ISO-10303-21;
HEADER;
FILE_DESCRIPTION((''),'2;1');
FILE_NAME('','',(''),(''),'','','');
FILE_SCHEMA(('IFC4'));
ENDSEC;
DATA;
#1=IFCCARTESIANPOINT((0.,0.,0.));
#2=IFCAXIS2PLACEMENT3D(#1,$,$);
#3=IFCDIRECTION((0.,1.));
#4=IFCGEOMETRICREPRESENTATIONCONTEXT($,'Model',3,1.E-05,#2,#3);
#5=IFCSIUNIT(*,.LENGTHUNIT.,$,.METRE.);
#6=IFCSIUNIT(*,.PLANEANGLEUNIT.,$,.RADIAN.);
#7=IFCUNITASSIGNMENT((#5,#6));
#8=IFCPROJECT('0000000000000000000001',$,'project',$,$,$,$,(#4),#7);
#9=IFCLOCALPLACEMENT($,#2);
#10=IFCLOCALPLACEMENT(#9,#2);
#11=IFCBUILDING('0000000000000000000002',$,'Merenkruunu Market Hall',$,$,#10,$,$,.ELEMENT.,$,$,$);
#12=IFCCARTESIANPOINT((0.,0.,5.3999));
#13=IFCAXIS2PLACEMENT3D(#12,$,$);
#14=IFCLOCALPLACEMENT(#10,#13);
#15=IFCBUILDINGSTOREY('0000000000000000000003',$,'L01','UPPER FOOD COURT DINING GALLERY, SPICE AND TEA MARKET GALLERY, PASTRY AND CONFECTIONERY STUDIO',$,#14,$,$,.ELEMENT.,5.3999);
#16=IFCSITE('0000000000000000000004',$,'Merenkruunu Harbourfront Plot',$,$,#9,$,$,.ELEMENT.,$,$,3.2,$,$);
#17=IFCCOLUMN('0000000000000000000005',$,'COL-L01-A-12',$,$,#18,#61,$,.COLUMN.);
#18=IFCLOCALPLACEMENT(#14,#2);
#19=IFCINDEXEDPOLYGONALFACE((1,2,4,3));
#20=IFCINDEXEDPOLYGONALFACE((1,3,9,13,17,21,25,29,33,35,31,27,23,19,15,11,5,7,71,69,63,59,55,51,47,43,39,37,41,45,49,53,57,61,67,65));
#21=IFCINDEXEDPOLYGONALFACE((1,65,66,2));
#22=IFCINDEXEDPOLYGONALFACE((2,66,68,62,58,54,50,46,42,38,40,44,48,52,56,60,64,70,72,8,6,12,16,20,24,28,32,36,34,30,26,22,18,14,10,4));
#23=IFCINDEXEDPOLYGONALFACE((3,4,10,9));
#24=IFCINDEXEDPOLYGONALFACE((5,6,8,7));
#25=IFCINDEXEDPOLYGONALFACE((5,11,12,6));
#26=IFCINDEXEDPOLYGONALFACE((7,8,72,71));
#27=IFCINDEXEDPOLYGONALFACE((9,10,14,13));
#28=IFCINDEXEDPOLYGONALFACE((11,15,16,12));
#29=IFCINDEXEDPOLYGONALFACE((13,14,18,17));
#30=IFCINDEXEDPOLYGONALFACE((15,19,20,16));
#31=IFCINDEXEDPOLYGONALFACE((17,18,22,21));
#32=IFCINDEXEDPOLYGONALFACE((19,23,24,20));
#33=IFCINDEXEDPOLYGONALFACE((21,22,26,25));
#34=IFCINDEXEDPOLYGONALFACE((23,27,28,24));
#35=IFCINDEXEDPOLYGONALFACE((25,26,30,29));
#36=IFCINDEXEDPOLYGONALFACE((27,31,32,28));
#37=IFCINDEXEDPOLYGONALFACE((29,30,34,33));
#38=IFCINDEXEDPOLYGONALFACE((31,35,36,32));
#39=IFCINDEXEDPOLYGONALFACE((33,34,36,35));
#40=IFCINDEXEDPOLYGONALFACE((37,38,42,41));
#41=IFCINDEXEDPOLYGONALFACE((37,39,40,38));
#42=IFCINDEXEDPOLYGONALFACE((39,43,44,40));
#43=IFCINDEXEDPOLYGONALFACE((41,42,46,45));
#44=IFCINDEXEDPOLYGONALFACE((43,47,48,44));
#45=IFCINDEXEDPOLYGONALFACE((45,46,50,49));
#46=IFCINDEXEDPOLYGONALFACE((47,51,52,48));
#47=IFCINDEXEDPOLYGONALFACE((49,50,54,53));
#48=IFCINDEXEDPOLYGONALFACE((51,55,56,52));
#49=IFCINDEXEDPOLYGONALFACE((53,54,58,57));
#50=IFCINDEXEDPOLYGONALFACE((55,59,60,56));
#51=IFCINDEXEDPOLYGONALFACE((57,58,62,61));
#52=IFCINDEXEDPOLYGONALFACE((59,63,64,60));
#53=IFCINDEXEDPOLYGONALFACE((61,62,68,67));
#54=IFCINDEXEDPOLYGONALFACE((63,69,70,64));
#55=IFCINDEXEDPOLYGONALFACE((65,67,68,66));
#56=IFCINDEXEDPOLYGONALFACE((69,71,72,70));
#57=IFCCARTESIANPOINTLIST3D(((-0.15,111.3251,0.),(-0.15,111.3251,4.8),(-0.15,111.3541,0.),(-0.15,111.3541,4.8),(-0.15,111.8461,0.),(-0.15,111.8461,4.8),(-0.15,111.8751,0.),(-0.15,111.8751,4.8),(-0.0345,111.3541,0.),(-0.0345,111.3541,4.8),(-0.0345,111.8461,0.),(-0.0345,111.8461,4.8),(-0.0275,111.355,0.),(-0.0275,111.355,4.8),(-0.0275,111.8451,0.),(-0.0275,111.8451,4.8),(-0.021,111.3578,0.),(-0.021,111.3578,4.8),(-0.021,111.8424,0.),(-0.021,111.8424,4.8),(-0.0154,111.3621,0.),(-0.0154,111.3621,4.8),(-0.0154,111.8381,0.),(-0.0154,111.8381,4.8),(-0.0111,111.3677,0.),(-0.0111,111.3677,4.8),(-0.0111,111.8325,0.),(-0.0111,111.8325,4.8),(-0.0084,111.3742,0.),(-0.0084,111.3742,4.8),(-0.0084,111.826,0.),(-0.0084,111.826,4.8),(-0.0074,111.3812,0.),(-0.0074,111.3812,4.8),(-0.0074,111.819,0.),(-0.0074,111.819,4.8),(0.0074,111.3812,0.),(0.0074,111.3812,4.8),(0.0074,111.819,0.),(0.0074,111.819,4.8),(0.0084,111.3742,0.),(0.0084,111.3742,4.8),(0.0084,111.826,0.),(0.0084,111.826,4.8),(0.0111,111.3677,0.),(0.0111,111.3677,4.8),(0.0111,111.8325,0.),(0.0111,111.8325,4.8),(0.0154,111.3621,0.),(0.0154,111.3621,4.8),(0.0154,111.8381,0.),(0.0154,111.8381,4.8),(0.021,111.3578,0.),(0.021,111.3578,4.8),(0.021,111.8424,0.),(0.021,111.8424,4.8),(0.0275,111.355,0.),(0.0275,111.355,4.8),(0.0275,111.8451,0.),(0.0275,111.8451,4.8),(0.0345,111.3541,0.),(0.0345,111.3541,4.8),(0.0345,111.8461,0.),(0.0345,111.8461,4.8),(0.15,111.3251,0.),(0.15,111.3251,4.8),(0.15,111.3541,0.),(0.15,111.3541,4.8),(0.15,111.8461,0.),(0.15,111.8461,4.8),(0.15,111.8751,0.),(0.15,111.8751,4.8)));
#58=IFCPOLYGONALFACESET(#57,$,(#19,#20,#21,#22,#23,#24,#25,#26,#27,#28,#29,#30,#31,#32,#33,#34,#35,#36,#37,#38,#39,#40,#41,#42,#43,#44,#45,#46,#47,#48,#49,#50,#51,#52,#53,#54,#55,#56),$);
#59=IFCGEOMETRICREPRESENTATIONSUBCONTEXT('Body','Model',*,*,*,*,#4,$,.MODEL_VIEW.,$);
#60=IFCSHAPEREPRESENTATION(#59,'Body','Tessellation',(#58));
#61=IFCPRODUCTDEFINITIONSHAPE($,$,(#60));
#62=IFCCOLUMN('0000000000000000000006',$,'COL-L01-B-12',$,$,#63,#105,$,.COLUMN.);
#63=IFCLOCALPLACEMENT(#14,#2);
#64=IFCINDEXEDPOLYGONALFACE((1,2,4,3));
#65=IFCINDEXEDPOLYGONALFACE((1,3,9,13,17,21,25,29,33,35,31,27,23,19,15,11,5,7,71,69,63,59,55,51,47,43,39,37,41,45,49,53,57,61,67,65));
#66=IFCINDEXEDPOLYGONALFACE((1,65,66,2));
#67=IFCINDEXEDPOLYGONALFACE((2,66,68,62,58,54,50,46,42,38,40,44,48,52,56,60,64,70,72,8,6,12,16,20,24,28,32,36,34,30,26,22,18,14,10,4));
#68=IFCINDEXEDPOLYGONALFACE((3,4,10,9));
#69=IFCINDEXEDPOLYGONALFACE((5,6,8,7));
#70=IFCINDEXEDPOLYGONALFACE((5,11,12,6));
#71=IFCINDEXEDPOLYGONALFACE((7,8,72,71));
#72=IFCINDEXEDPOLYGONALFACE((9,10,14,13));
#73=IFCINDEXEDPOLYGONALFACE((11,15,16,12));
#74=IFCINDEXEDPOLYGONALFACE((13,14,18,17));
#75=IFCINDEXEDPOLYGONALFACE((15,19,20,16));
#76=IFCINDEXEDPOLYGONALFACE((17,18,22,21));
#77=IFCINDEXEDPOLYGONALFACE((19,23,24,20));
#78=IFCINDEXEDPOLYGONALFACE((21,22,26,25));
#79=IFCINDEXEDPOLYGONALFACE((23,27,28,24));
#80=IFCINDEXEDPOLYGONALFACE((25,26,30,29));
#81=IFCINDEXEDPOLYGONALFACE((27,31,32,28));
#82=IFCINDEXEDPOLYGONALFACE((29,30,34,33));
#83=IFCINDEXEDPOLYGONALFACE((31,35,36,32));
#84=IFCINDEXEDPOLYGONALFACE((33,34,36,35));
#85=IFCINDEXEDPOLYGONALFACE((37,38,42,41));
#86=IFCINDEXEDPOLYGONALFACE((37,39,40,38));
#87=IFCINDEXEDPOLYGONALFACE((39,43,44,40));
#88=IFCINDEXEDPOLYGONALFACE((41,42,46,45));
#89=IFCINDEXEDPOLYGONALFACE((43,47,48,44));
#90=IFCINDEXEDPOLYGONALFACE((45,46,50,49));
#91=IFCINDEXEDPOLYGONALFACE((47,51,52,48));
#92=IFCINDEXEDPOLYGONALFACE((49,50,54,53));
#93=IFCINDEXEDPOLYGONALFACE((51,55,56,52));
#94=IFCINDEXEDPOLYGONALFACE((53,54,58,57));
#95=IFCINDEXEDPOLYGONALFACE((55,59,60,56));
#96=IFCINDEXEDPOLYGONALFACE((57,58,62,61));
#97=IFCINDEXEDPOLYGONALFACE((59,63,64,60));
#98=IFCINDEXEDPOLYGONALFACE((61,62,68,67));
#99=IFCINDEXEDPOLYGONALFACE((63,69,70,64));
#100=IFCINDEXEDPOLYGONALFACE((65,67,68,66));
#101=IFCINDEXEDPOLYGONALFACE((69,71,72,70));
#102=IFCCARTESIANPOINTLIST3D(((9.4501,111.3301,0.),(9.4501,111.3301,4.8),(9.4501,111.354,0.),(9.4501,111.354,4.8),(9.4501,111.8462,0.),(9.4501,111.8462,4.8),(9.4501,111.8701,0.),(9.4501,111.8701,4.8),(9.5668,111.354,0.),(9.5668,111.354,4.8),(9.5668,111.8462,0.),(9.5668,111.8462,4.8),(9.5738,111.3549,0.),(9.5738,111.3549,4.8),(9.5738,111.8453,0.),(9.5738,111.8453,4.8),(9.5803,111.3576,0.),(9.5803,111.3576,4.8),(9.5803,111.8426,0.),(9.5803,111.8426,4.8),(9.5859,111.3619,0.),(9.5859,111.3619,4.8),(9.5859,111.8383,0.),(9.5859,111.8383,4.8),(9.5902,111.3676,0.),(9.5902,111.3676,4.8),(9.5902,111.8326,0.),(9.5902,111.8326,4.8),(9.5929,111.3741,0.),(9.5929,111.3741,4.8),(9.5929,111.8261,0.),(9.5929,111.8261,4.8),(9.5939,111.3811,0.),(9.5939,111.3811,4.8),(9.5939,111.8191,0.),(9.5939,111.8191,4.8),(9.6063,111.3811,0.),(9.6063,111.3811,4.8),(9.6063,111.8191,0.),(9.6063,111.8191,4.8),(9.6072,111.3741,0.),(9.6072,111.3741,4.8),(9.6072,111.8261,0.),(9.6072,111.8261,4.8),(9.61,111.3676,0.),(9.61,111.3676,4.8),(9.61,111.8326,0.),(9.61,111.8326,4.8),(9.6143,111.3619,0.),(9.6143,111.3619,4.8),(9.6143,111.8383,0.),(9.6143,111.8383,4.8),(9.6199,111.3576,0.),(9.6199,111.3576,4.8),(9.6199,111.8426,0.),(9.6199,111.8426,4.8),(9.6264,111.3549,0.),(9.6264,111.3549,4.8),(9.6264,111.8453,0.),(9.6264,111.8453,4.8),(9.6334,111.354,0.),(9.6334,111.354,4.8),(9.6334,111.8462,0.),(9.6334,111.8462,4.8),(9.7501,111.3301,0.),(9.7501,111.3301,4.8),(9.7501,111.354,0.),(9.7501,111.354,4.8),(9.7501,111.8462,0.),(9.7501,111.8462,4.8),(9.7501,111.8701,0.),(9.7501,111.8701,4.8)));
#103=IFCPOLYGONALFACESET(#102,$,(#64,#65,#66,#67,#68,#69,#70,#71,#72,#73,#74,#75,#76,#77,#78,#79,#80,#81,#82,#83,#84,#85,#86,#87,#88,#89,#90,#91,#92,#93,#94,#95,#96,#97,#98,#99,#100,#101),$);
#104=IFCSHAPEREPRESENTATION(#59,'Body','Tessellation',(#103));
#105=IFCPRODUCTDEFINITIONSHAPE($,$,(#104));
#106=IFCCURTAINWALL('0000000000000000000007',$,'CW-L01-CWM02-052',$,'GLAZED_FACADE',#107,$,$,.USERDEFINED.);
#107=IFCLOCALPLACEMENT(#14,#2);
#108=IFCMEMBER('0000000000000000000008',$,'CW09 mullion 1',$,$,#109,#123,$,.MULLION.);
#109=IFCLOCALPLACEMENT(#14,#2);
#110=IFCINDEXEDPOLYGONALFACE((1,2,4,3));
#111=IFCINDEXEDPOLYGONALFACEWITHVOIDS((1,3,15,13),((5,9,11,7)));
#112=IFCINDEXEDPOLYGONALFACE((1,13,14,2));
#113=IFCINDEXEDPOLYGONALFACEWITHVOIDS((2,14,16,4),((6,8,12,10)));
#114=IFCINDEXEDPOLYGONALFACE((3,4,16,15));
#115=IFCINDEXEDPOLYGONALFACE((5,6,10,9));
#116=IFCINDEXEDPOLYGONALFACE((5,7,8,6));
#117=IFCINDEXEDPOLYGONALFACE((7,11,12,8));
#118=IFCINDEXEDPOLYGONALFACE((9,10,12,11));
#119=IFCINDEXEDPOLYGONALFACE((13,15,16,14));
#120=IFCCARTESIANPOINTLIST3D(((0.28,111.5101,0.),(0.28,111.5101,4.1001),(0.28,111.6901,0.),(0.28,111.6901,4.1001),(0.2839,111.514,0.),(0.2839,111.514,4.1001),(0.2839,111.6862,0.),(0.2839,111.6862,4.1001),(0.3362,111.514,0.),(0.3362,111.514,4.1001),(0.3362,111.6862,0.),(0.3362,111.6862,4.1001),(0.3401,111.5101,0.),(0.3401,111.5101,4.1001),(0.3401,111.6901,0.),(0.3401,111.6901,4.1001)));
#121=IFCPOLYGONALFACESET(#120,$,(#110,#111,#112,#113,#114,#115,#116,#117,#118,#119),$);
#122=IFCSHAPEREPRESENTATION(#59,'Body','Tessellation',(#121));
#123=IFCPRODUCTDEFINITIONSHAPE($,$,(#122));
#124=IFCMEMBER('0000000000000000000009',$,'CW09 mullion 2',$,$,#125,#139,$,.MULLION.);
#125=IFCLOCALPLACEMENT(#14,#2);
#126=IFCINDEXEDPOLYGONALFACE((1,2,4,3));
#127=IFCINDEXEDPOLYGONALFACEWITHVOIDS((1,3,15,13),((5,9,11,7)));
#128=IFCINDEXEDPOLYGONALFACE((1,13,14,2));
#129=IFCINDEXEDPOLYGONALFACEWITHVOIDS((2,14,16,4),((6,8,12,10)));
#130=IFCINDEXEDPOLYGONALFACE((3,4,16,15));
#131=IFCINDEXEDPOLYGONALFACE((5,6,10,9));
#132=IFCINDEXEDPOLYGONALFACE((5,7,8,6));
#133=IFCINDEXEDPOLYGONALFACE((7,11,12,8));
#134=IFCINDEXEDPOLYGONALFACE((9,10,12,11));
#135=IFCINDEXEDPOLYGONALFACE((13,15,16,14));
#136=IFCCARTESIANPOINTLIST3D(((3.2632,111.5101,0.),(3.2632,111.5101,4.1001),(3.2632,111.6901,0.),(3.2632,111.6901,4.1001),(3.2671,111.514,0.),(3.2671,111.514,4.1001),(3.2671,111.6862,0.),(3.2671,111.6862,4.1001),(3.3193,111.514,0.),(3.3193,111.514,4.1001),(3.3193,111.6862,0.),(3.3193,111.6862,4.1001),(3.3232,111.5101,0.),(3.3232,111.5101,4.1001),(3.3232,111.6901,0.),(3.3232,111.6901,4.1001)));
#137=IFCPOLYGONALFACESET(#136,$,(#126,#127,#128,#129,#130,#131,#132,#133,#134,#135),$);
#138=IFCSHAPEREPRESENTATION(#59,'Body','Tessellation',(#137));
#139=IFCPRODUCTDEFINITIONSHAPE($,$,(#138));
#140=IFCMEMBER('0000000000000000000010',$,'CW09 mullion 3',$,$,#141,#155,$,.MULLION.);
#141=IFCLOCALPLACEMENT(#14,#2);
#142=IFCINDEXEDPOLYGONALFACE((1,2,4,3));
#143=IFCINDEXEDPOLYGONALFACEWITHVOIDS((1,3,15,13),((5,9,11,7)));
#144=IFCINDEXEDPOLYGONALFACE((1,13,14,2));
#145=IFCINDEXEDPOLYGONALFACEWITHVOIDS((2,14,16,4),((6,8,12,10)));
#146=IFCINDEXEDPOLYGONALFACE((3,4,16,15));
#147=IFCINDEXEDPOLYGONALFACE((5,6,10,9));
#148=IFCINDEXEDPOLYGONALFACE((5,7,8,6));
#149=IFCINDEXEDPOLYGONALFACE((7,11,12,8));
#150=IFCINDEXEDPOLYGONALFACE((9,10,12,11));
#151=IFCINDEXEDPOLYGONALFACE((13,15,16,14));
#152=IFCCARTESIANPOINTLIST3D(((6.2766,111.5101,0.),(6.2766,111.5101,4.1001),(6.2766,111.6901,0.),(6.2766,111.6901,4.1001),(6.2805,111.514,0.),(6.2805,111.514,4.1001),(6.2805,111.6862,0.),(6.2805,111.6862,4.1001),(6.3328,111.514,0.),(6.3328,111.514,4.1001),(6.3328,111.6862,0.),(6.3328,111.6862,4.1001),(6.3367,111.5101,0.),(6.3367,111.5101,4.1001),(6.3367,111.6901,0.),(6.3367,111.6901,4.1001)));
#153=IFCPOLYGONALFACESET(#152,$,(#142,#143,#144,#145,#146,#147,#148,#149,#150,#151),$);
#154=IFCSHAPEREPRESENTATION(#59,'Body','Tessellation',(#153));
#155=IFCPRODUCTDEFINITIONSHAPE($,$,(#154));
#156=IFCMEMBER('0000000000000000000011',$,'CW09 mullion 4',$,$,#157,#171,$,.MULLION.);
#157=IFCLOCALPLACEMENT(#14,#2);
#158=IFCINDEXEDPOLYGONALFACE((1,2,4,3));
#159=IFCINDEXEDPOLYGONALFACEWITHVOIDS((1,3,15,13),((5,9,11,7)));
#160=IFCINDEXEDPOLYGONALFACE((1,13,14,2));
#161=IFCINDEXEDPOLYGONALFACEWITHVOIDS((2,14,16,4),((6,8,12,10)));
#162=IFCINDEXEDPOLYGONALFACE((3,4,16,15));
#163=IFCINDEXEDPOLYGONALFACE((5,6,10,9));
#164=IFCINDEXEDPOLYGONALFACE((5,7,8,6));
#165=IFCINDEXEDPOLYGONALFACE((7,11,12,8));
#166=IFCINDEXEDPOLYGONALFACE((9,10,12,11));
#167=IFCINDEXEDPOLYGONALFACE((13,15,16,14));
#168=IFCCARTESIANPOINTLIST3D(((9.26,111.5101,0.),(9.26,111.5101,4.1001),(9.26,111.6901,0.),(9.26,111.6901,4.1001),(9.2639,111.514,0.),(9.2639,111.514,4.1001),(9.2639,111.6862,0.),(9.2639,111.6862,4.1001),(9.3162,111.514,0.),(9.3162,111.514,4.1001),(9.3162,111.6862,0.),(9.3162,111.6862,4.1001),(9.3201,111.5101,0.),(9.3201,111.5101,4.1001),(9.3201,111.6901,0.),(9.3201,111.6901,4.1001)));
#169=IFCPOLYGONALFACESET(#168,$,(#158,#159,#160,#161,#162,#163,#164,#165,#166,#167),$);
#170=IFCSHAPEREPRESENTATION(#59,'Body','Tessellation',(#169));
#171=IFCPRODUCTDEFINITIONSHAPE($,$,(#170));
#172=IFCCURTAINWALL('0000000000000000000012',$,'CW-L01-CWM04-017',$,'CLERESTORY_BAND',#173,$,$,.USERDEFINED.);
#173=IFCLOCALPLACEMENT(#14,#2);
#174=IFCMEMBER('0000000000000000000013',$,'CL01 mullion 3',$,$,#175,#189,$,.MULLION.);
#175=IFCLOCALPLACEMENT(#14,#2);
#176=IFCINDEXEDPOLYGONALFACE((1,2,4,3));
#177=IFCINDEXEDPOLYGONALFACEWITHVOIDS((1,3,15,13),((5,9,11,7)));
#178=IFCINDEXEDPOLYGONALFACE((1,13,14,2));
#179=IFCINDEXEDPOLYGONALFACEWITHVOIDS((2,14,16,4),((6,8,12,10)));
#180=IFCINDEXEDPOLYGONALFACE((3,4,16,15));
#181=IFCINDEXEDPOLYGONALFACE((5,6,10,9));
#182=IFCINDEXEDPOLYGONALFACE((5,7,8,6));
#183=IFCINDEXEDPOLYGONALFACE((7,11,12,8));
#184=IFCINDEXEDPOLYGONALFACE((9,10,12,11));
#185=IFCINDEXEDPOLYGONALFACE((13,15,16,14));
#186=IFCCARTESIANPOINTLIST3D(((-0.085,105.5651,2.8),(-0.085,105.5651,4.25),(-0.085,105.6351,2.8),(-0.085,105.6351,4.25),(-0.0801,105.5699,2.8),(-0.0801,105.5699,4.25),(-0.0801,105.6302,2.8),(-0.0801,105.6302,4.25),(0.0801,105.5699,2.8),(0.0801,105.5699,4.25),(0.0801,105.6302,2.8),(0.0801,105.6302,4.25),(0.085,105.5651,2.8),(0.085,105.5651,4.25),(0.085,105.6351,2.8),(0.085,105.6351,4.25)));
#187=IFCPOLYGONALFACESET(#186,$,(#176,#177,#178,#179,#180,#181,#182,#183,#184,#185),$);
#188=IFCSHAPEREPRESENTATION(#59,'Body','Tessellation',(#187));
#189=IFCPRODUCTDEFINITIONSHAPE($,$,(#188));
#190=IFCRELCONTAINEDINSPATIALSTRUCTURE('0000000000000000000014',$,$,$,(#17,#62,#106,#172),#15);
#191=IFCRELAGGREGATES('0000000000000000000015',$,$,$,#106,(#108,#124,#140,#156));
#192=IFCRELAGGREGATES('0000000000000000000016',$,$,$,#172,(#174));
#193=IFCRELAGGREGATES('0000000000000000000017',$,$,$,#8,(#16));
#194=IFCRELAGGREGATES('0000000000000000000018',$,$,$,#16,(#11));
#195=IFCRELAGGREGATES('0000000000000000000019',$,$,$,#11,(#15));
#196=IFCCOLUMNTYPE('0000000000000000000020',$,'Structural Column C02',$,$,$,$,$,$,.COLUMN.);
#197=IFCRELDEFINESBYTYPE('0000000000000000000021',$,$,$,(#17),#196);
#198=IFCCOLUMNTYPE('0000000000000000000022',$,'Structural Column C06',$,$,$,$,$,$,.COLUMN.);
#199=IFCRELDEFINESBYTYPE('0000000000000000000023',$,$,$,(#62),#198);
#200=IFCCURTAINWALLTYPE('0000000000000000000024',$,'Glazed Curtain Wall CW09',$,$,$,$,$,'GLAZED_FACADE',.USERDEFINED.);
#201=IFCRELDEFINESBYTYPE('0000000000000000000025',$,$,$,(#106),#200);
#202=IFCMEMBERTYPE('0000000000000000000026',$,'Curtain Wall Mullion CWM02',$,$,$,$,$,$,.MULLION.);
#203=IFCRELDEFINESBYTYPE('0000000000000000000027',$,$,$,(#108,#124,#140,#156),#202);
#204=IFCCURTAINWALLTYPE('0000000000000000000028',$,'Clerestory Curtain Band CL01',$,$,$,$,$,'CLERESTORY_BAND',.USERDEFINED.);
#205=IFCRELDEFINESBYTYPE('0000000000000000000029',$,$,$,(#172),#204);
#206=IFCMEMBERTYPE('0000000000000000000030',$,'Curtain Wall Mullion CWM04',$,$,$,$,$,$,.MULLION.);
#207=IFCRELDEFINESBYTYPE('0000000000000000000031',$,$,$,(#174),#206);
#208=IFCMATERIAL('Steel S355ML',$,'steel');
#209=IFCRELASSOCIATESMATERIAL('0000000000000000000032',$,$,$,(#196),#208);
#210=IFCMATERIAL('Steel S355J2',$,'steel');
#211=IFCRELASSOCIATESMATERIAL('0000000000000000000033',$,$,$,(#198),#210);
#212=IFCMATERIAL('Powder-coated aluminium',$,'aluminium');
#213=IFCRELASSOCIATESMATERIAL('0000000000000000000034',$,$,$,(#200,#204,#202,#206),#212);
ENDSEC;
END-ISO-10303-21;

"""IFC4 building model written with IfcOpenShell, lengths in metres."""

from ifc_helpers import new_model, si_unit, direction, frame, origin, origin_2d, place, context, subcontext, project, spatial, hollow_rectangle, i_section, extrude, material, material_profile, profile_set, type_object, element, aggregate, save


model = new_model("IFC4")

# Units and contexts
model_context = context("Model", 3, precision=1e-05, world=origin(), true_north=direction((0.0, 1.0)))
body_context = subcontext(model_context, "Body", "Model", "MODEL_VIEW")
ifc_project = project(units=[si_unit("LENGTHUNIT", "METRE"), si_unit("PLANEANGLEUNIT", "RADIAN")], contexts=[model_context])

# Site, building, storey
site_placement = place(None, origin())
site = spatial("IfcSite", under=ifc_project, at=site_placement, Name="Merenkruunu Harbourfront Plot", CompositionType="ELEMENT", RefElevation=3.2)
building_placement = place(site_placement, origin())
building = spatial("IfcBuilding", under=site, at=building_placement, Name="Merenkruunu Market Hall", CompositionType="ELEMENT")
storey_placement = place(building_placement, frame((0.0, 0.0, 5.3999)))
storey = spatial("IfcBuildingStorey", under=building, at=storey_placement, Name="L01", Description="UPPER FOOD COURT DINING GALLERY, SPICE AND TEA MARKET GALLERY, PASTRY AND CONFECTIONERY STUDIO", CompositionType="ELEMENT", Elevation=5.3999)

# Columns
ifc_material_1 = material(Name="Steel S355ML", Category="steel")
ifc_material_profile_1 = material_profile(ifc_material_1, i_section(OverallWidth=0.3, OverallDepth=0.55, WebThickness=0.0149, FlangeThickness=0.0291, FilletRadius=0.0271, at=origin_2d()), Name="HEB 550")
ifc_profile_set_1 = profile_set([ifc_material_profile_1], Name="Steel S355ML")
column_type_1 = type_object("IfcColumnType", Name="Structural Column C02", PredefinedType="COLUMN", material=ifc_profile_set_1)
column_1_placement = place(storey_placement, frame((0.0, 111.6001, 0.0), z_axis=(0.0, 0.0, 1.0), x_axis=(1.0, 0.0, 0.0)))
element("IfcColumn", 1, at=column_1_placement, inside=storey, type_object=column_type_1, Name="COL-L01-A-12", PredefinedType="COLUMN", context=body_context, shape_type="SweptSolid", body=[
    extrude(i_section(OverallWidth=0.3, OverallDepth=0.55, WebThickness=0.0149, FlangeThickness=0.0291, FilletRadius=0.0271, at=origin_2d()), origin(), (0.0, 0.0, 1.0), 4.8),
])
ifc_material_2 = material(Name="Steel S355J2", Category="steel")
ifc_material_profile_2 = material_profile(ifc_material_2, i_section(OverallWidth=0.3, OverallDepth=0.54, WebThickness=0.0125, FlangeThickness=0.0239, FilletRadius=0.0271, at=origin_2d()), Name="HEA 550")
ifc_profile_set_2 = profile_set([ifc_material_profile_2], Name="Steel S355J2")
column_type_2 = type_object("IfcColumnType", Name="Structural Column C06", PredefinedType="COLUMN", material=ifc_profile_set_2)
column_2_placement = place(storey_placement, frame((9.6001, 111.6001, 0.0), z_axis=(0.0, 0.0, 1.0), x_axis=(1.0, 0.0, 0.0)))
element("IfcColumn", 2, at=column_2_placement, inside=storey, type_object=column_type_2, Name="COL-L01-B-12", PredefinedType="COLUMN", context=body_context, shape_type="SweptSolid", body=[
    extrude(i_section(OverallWidth=0.3, OverallDepth=0.54, WebThickness=0.0125, FlangeThickness=0.0239, FilletRadius=0.0271, at=origin_2d()), origin(), (0.0, 0.0, 1.0), 4.8),
])

# Curtain walls, members
ifc_material_3 = material(Name="Powder-coated aluminium", Category="aluminium")
curtain_wall_type_1 = type_object("IfcCurtainWallType", Name="Glazed Curtain Wall CW09", ElementType="GLAZED_FACADE", PredefinedType="USERDEFINED", material=ifc_material_3)
curtain_wall_1_placement = place(storey_placement, origin())
curtain_wall_1 = element("IfcCurtainWall", 3, at=curtain_wall_1_placement, inside=storey, type_object=curtain_wall_type_1, Name="CW-L01-CWM02-052", ObjectType="GLAZED_FACADE", PredefinedType="USERDEFINED")
ifc_material_profile_3 = material_profile(ifc_material_3, hollow_rectangle(XDim=0.0601, YDim=0.1799, WallThickness=0.0039, at=origin_2d()), Name="ALU 60x180x4")
ifc_profile_set_3 = profile_set([ifc_material_profile_3], Name="Powder-coated aluminium")
member_type_1 = type_object("IfcMemberType", Name="Curtain Wall Mullion CWM02", PredefinedType="MULLION", material=ifc_profile_set_3)
member_1_placement = place(storey_placement, frame((0.3101, 111.6001, 0.0), z_axis=(0.0, 0.0, 1.0), x_axis=(1.0, 0.0, 0.0)))
member_1 = element("IfcMember", 4, at=member_1_placement, type_object=member_type_1, Name="CW09 mullion 1", PredefinedType="MULLION", context=body_context, shape_type="SweptSolid", body=[
    extrude(hollow_rectangle(XDim=0.0601, YDim=0.1799, WallThickness=0.0039, at=origin_2d()), origin(), (0.0, 0.0, 1.0), 4.1001),
])
member_2_placement = place(storey_placement, frame((3.2932, 111.6001, 0.0), z_axis=(0.0, 0.0, 1.0), x_axis=(1.0, 0.0, 0.0)))
member_2 = element("IfcMember", 5, at=member_2_placement, type_object=member_type_1, Name="CW09 mullion 2", PredefinedType="MULLION", context=body_context, shape_type="SweptSolid", body=[
    extrude(hollow_rectangle(XDim=0.0601, YDim=0.1799, WallThickness=0.0039, at=origin_2d()), origin(), (0.0, 0.0, 1.0), 4.1001),
])
member_3_placement = place(storey_placement, frame((6.3066, 111.6001, 0.0), z_axis=(0.0, 0.0, 1.0), x_axis=(1.0, 0.0, 0.0)))
member_3 = element("IfcMember", 6, at=member_3_placement, type_object=member_type_1, Name="CW09 mullion 3", PredefinedType="MULLION", context=body_context, shape_type="SweptSolid", body=[
    extrude(hollow_rectangle(XDim=0.0601, YDim=0.1799, WallThickness=0.0039, at=origin_2d()), origin(), (0.0, 0.0, 1.0), 4.1001),
])
member_4_placement = place(storey_placement, frame((9.29, 111.6001, 0.0), z_axis=(0.0, 0.0, 1.0), x_axis=(1.0, 0.0, 0.0)))
member_4 = element("IfcMember", 7, at=member_4_placement, type_object=member_type_1, Name="CW09 mullion 4", PredefinedType="MULLION", context=body_context, shape_type="SweptSolid", body=[
    extrude(hollow_rectangle(XDim=0.0601, YDim=0.1799, WallThickness=0.0039, at=origin_2d()), origin(), (0.0, 0.0, 1.0), 4.1001),
])
curtain_wall_type_2 = type_object("IfcCurtainWallType", Name="Clerestory Curtain Band CL01", ElementType="CLERESTORY_BAND", PredefinedType="USERDEFINED", material=ifc_material_3)
curtain_wall_2_placement = place(storey_placement, origin())
curtain_wall_2 = element("IfcCurtainWall", 8, at=curtain_wall_2_placement, inside=storey, type_object=curtain_wall_type_2, Name="CW-L01-CWM04-017", ObjectType="CLERESTORY_BAND", PredefinedType="USERDEFINED")
ifc_material_profile_4 = material_profile(ifc_material_3, hollow_rectangle(XDim=0.0701, YDim=0.1699, WallThickness=0.0049, at=origin_2d()), Name="ALU 70x170x5")
ifc_profile_set_4 = profile_set([ifc_material_profile_4], Name="Powder-coated aluminium")
member_type_2 = type_object("IfcMemberType", Name="Curtain Wall Mullion CWM04", PredefinedType="MULLION", material=ifc_profile_set_4)
member_5_placement = place(storey_placement, frame((0.0, 105.6001, 2.8), z_axis=(0.0, 0.0, 1.0), x_axis=(0.0, 1.0, 0.0)))
member_5 = element("IfcMember", 9, at=member_5_placement, type_object=member_type_2, Name="CL01 mullion 3", PredefinedType="MULLION", context=body_context, shape_type="SweptSolid", body=[
    extrude(hollow_rectangle(XDim=0.0701, YDim=0.1699, WallThickness=0.0049, at=origin_2d()), origin(), (0.0, 0.0, 1.0), 1.45),
])

aggregate(curtain_wall_1, [member_1, member_2, member_3, member_4])
aggregate(curtain_wall_2, [member_5])

save(model, "model.ifc")
